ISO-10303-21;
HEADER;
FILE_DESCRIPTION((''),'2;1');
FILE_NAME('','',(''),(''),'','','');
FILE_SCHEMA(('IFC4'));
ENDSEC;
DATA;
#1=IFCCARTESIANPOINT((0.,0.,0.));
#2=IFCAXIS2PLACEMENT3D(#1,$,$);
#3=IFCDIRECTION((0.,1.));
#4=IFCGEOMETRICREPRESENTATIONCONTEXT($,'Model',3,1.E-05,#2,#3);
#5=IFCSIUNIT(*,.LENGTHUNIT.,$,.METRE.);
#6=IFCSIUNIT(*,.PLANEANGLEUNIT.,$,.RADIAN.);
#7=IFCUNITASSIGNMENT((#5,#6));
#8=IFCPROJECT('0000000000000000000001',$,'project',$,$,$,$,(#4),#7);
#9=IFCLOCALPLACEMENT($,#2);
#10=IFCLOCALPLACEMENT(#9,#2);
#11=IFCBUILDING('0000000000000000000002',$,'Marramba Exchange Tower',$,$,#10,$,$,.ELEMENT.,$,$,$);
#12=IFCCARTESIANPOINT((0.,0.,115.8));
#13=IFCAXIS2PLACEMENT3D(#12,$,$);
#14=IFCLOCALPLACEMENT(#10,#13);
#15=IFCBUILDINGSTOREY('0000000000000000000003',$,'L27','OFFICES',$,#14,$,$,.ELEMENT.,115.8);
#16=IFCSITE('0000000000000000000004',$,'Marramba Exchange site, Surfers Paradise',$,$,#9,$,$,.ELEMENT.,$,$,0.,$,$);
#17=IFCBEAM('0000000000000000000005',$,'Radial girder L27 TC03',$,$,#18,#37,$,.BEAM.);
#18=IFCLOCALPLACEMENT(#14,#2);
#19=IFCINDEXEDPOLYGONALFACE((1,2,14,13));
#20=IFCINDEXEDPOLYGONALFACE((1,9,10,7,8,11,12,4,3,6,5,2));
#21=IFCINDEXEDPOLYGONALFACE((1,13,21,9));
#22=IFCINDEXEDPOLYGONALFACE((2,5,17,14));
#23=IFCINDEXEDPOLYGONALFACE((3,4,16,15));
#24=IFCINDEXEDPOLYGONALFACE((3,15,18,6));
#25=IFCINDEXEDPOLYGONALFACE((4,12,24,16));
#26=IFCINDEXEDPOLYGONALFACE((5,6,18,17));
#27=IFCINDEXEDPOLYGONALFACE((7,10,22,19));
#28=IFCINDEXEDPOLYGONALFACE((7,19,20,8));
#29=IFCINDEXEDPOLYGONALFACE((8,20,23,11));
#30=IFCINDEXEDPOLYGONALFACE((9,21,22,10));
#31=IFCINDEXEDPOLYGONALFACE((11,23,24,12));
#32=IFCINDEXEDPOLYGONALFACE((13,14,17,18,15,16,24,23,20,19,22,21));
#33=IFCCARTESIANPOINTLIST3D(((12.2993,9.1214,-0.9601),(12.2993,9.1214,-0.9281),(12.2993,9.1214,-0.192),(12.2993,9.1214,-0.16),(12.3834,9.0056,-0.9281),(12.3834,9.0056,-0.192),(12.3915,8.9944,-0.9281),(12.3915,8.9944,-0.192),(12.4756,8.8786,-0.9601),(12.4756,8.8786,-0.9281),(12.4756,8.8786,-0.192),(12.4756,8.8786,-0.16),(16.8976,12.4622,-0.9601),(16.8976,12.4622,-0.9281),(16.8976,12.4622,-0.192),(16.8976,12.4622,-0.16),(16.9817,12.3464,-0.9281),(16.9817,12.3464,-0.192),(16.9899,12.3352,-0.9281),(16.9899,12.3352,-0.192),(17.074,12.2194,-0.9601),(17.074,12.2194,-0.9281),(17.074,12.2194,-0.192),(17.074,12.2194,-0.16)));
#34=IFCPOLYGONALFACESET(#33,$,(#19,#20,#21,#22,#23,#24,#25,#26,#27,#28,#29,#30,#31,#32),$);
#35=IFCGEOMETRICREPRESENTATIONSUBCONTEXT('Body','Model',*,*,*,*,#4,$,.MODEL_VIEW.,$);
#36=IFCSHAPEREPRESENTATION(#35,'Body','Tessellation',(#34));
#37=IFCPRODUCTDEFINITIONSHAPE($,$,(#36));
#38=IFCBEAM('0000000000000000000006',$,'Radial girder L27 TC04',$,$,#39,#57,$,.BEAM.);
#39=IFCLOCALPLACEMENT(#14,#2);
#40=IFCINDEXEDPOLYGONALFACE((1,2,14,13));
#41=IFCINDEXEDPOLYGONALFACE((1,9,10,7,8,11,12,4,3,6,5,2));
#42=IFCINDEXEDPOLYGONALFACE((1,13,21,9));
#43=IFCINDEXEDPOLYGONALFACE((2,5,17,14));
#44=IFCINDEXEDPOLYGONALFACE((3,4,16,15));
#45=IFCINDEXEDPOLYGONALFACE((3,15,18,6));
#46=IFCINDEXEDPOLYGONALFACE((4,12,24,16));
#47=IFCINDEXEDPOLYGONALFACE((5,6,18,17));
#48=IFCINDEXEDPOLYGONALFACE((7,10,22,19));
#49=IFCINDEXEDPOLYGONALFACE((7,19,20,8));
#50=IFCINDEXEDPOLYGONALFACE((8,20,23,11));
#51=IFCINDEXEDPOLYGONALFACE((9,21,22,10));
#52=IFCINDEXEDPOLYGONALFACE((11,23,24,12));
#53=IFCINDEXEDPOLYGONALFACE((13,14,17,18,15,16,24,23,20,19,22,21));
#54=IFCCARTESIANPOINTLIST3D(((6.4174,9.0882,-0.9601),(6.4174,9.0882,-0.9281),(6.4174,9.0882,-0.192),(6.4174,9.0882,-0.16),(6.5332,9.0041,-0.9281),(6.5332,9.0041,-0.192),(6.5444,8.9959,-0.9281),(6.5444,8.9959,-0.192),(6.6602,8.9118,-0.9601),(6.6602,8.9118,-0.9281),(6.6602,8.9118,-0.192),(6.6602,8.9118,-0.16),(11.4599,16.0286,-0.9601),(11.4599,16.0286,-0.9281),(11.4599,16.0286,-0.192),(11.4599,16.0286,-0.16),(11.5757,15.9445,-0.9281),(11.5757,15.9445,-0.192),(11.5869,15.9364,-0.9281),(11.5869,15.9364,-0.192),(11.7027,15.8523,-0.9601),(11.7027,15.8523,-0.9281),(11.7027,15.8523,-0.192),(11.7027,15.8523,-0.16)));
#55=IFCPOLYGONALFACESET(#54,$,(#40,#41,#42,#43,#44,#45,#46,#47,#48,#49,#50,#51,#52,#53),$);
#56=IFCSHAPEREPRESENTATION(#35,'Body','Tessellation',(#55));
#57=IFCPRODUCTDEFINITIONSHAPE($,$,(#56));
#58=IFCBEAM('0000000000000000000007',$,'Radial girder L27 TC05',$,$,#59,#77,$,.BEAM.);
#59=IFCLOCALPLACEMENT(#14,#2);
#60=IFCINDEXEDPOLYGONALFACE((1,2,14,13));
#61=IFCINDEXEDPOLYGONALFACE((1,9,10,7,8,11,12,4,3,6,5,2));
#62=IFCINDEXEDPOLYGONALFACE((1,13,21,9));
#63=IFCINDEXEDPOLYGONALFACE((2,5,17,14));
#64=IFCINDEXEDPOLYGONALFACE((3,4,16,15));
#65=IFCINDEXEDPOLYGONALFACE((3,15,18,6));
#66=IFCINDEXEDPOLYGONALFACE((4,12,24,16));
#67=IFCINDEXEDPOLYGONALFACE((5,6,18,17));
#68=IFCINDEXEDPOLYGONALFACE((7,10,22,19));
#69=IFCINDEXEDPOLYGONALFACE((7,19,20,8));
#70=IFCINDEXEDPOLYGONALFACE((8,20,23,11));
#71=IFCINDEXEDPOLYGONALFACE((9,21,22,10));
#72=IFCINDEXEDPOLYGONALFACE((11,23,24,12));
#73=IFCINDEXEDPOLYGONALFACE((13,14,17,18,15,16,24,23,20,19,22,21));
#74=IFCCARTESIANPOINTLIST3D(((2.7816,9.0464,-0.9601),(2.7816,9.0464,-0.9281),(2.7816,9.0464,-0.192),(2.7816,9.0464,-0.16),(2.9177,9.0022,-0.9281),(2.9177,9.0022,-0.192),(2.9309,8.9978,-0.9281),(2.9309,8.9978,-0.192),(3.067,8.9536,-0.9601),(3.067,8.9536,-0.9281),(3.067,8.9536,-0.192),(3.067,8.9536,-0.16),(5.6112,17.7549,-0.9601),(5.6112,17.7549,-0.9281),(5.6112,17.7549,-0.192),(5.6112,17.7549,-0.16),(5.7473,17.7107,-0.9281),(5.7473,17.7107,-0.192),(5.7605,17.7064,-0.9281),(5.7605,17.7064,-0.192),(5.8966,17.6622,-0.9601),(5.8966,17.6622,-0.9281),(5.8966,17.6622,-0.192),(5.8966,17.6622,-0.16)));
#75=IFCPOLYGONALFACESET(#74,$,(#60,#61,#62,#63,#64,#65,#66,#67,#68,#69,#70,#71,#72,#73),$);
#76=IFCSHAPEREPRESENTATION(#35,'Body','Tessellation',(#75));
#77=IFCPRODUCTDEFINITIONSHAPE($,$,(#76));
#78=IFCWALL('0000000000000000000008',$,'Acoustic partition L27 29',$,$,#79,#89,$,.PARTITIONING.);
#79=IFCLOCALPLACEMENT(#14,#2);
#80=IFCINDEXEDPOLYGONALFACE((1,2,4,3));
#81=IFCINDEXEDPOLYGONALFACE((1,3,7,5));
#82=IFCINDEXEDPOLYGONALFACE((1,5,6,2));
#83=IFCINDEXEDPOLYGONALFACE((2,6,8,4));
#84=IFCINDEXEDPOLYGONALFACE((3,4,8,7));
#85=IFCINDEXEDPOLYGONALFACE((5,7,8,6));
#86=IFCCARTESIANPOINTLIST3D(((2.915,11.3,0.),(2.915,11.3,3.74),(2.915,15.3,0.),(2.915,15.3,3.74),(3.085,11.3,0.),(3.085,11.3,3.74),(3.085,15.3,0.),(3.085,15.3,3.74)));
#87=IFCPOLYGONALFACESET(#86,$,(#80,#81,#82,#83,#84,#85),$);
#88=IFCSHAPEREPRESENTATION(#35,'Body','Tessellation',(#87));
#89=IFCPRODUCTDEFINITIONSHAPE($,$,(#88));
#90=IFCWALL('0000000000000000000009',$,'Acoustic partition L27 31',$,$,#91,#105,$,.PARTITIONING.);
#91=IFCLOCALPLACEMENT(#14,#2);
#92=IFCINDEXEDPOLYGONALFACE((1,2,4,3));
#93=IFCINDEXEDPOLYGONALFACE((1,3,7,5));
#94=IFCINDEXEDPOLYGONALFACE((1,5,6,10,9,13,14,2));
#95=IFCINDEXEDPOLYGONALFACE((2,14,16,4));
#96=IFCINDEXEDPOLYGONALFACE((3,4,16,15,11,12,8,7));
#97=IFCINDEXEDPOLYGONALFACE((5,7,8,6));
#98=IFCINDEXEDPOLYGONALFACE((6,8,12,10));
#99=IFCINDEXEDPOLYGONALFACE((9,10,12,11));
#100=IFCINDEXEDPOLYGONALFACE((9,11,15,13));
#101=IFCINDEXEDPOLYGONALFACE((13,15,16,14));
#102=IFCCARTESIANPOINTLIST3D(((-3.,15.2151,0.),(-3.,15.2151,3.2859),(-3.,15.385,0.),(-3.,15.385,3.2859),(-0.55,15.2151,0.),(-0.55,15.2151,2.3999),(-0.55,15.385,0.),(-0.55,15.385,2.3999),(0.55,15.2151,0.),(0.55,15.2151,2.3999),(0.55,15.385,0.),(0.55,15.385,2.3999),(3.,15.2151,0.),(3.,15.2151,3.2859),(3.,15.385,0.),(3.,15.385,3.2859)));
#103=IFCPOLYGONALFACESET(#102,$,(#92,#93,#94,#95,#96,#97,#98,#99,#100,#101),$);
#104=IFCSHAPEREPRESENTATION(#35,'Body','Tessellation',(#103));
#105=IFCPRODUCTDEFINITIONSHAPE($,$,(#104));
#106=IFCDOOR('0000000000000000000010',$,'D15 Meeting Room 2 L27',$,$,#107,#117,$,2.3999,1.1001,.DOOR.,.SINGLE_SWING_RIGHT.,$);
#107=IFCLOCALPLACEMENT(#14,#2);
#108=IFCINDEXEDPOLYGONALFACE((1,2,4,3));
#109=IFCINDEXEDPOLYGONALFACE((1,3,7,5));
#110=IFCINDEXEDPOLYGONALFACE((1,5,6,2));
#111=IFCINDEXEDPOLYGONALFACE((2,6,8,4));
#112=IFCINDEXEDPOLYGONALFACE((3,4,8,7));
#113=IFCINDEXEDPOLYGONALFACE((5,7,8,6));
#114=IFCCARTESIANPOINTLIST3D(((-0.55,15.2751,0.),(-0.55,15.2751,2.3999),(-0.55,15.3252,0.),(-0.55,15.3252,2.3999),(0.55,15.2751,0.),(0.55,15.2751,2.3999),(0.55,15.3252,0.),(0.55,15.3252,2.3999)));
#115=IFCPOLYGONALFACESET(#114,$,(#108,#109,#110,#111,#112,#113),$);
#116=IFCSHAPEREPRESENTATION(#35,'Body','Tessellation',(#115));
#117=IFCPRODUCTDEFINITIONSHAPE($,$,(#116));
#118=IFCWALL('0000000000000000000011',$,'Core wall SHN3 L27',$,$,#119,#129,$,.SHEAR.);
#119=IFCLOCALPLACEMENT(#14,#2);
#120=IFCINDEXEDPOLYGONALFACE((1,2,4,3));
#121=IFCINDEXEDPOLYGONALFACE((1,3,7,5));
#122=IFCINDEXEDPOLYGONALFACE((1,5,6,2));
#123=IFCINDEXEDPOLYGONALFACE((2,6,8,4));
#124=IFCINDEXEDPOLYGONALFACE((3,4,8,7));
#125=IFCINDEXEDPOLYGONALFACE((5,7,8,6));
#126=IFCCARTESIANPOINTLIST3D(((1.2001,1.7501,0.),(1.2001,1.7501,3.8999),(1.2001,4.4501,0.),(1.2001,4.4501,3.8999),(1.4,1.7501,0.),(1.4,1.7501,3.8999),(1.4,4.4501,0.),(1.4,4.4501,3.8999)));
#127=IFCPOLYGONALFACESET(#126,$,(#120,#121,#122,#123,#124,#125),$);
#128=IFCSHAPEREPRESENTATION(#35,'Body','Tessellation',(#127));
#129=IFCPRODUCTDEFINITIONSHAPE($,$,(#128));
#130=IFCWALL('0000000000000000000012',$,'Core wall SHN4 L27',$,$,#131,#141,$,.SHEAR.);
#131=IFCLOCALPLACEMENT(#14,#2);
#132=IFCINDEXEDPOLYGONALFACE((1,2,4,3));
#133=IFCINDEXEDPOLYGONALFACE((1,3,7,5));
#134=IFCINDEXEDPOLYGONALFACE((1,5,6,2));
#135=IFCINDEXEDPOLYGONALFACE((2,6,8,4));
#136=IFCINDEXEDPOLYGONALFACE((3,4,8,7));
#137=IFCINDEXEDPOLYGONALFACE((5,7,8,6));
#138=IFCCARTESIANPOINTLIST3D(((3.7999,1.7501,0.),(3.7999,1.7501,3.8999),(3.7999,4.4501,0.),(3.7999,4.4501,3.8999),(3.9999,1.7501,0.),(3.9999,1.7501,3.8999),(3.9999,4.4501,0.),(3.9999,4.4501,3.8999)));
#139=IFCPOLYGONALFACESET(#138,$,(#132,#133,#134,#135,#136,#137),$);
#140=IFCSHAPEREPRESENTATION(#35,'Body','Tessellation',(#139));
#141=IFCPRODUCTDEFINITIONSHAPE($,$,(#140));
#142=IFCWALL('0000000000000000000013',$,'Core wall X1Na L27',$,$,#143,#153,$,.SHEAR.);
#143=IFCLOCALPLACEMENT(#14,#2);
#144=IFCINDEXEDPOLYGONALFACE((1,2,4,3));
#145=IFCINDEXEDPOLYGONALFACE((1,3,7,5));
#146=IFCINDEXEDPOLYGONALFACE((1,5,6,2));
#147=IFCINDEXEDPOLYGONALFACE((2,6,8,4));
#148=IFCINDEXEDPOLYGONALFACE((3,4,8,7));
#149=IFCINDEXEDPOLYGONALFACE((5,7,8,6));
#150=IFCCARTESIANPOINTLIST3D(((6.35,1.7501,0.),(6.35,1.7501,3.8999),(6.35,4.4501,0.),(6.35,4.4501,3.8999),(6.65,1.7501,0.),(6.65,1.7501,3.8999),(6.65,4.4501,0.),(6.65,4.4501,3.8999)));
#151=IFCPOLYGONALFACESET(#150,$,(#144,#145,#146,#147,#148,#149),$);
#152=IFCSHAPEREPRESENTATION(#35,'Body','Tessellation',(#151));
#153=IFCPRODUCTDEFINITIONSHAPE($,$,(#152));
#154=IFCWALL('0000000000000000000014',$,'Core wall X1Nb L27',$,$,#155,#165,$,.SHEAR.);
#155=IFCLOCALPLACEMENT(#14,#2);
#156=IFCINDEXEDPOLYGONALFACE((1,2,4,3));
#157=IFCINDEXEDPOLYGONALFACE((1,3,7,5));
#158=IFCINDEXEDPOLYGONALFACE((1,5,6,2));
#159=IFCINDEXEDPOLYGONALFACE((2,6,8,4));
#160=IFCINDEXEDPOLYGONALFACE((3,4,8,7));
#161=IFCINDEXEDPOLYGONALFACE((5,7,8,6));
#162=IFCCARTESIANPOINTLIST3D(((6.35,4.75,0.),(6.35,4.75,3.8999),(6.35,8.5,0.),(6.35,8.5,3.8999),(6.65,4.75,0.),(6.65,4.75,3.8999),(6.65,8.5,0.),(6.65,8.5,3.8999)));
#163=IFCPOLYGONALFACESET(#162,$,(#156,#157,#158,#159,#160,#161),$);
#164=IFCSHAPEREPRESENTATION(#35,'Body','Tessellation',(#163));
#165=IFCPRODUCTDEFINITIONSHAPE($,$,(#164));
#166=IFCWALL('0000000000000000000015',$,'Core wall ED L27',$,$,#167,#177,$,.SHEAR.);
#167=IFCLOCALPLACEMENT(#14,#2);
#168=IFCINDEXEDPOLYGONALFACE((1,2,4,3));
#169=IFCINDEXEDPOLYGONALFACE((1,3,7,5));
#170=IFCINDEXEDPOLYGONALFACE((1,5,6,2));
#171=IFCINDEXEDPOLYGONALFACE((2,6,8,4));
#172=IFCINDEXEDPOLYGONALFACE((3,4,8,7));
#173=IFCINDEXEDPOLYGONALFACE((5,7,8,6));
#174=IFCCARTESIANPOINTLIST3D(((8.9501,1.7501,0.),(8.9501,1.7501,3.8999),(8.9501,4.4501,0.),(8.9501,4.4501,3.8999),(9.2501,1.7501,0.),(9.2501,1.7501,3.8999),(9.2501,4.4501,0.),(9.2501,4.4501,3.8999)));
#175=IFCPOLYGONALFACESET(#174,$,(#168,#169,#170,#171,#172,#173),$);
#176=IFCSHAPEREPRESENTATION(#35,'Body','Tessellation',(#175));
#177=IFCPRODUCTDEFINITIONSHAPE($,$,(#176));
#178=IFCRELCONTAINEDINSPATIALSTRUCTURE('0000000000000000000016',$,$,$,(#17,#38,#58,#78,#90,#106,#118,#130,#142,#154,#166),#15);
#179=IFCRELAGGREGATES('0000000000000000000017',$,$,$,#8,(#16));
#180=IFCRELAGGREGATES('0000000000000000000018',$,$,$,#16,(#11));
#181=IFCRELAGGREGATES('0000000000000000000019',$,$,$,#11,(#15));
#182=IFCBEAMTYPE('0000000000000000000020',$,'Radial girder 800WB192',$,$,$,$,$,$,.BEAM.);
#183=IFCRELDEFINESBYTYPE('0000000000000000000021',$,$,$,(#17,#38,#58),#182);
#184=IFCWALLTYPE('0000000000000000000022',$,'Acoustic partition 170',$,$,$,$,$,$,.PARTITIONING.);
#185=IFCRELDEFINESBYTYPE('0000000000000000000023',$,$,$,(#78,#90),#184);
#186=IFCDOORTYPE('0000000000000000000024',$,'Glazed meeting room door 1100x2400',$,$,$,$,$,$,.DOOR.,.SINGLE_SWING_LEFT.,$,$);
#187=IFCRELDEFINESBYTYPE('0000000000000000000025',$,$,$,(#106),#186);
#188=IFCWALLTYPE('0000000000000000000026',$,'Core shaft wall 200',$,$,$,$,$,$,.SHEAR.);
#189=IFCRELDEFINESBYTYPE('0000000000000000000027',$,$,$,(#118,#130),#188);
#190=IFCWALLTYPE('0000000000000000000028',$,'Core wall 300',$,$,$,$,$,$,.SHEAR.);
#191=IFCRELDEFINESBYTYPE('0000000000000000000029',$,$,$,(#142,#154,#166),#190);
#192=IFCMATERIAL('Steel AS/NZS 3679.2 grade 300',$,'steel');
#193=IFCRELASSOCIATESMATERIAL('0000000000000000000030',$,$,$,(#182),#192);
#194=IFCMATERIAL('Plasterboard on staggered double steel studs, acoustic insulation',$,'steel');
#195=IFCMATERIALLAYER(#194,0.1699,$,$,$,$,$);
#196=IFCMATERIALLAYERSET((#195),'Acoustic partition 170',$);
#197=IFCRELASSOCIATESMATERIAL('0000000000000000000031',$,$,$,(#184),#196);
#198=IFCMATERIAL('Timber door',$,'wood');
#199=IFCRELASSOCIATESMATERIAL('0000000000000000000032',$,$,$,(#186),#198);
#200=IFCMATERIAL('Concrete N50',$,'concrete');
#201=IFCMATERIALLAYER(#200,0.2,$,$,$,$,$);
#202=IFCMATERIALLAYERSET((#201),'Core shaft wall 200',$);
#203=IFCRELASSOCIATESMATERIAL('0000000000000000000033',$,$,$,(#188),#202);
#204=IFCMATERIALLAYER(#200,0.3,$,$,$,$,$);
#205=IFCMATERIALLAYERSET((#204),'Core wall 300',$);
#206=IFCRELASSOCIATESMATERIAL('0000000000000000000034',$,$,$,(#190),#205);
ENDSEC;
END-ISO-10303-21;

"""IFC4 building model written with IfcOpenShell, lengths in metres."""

from ifc_helpers import new_model, si_unit, direction, frame, frame_2d, origin, origin_2d, place, context, subcontext, project, spatial, rectangle, i_section, extrude, material, layer, layer_set, material_profile, profile_set, type_object, element, fill, save


model = new_model("IFC4")

# Units and contexts
model_context = context("Model", 3, precision=1e-05, world=origin(), true_north=direction((0.0, 1.0)))
body_context = subcontext(model_context, "Body", "Model", "MODEL_VIEW")
ifc_project = project(units=[si_unit("LENGTHUNIT", "METRE"), si_unit("PLANEANGLEUNIT", "RADIAN")], contexts=[model_context])

# Site, building, storey
site_placement = place(None, origin())
site = spatial("IfcSite", under=ifc_project, at=site_placement, Name="Marramba Exchange site, Surfers Paradise", CompositionType="ELEMENT", RefElevation=0.0)
building_placement = place(site_placement, origin())
building = spatial("IfcBuilding", under=site, at=building_placement, Name="Marramba Exchange Tower", CompositionType="ELEMENT")
storey_placement = place(building_placement, frame((0.0, 0.0, 115.8)))
storey = spatial("IfcBuildingStorey", under=building, at=storey_placement, Name="L27", Description="OFFICES", CompositionType="ELEMENT", Elevation=115.8)

# Beams
ifc_material_1 = material(Name="Steel AS/NZS 3679.2 grade 300", Category="steel")
ifc_material_profile_1 = material_profile(ifc_material_1, i_section(OverallWidth=0.3, OverallDepth=0.8, WebThickness=0.0139, FlangeThickness=0.032, at=origin_2d()), Name="800WB192")
ifc_profile_set_1 = profile_set([ifc_material_profile_1], Name="Steel AS/NZS 3679.2 grade 300")
beam_type_1 = type_object("IfcBeamType", Name="Radial girder 800WB192", PredefinedType="BEAM", material=ifc_profile_set_1)
beam_1_placement = place(storey_placement, frame((12.3875, 9.0, -0.5601), z_axis=(0.809026, 0.587773, 0.0), x_axis=(-0.587773, 0.809026, 0.0)))
element("IfcBeam", 1, at=beam_1_placement, inside=storey, type_object=beam_type_1, Name="Radial girder L27 TC03", PredefinedType="BEAM", context=body_context, shape_type="SweptSolid", body=[
    extrude(i_section(OverallWidth=0.3, OverallDepth=0.8, WebThickness=0.0139, FlangeThickness=0.032, at=origin_2d()), origin(), (0.0, 0.0, 1.0), 5.6838),
])
beam_2_placement = place(storey_placement, frame((6.5388, 9.0, -0.5601), z_axis=(0.587782, 0.809019, 0.0), x_axis=(-0.809019, 0.587782, 0.0)))
element("IfcBeam", 2, at=beam_2_placement, inside=storey, type_object=beam_type_1, Name="Radial girder L27 TC04", PredefinedType="BEAM", context=body_context, shape_type="SweptSolid", body=[
    extrude(i_section(OverallWidth=0.3, OverallDepth=0.8, WebThickness=0.0139, FlangeThickness=0.032, at=origin_2d()), origin(), (0.0, 0.0, 1.0), 8.5789),
])
beam_3_placement = place(storey_placement, frame((2.9243, 9.0, -0.5601), z_axis=(0.30902, 0.951056, 0.0), x_axis=(-0.951056, 0.30902, 0.0)))
element("IfcBeam", 3, at=beam_3_placement, inside=storey, type_object=beam_type_1, Name="Radial girder L27 TC05", PredefinedType="BEAM", context=body_context, shape_type="SweptSolid", body=[
    extrude(i_section(OverallWidth=0.3, OverallDepth=0.8, WebThickness=0.0139, FlangeThickness=0.032, at=origin_2d()), origin(), (0.0, 0.0, 1.0), 9.1567),
])

# Wall
ifc_material_2 = material(Name="Plasterboard on staggered double steel studs, acoustic insulation", Category="steel")
ifc_layer_1 = layer(ifc_material_2, 0.1699)
ifc_layer_set_1 = layer_set([ifc_layer_1], Name="Acoustic partition 170")
wall_type_1 = type_object("IfcWallType", Name="Acoustic partition 170", PredefinedType="PARTITIONING", material=ifc_layer_set_1)
wall_1_placement = place(storey_placement, frame((3.0, 15.3, 0.0), z_axis=(0.0, 0.0, 1.0), x_axis=(0.0, -1.0, 0.0)))
element("IfcWall", 4, at=wall_1_placement, inside=storey, type_object=wall_type_1, Name="Acoustic partition L27 29", PredefinedType="PARTITIONING", context=body_context, shape_type="SweptSolid", body=[
    extrude(rectangle(XDim=4.0, YDim=0.1699, at=frame_2d((2.0, 0.0))), origin(), (0.0, 0.0, 1.0), 3.74),
])

# Wall, opening, door
wall_2_placement = place(storey_placement, frame((3.0, 15.3, 0.0), z_axis=(0.0, 0.0, 1.0), x_axis=(-1.0, 0.0, 0.0)))
wall_2 = element("IfcWall", 5, at=wall_2_placement, inside=storey, type_object=wall_type_1, Name="Acoustic partition L27 31", PredefinedType="PARTITIONING", context=body_context, shape_type="SweptSolid", body=[
    extrude(rectangle(XDim=6.0, YDim=0.1699, at=frame_2d((3.0, 0.0))), origin(), (0.0, 0.0, 1.0), 3.2859),
])
opening_1_placement = place(wall_2_placement, frame((2.45, 0.0, 0.0)))
opening_1 = element("IfcOpeningElement", 6, at=opening_1_placement, cuts=wall_2, PredefinedType="OPENING", context=body_context, shape_type="SweptSolid", body=[
    extrude(rectangle(XDim=1.1001, YDim=2.3999, at=frame_2d((0.55, 1.2))), frame((0.0, 0.095, 0.0), z_axis=(0.0, -1.0, 0.0), x_axis=(1.0, 0.0, 0.0)), (0.0, 0.0, 1.0), 0.1899),
])
ifc_material_3 = material(Name="Timber door", Category="wood")
door_type_1 = type_object("IfcDoorType", Name="Glazed meeting room door 1100x2400", OperationType="SINGLE_SWING_LEFT", PredefinedType="DOOR", material=ifc_material_3)
door_1_placement = place(opening_1_placement, origin())
door_1 = element("IfcDoor", 7, at=door_1_placement, inside=storey, type_object=door_type_1, Name="D15 Meeting Room 2 L27", OperationType="SINGLE_SWING_RIGHT", OverallHeight=2.3999, OverallWidth=1.1001, PredefinedType="DOOR", context=body_context, shape_type="SweptSolid", body=[
    extrude(rectangle(XDim=1.1001, YDim=2.3999, at=frame_2d((0.55, 1.2))), frame((0.0, 0.0249, 0.0), z_axis=(0.0, -1.0, 0.0), x_axis=(1.0, 0.0, 0.0)), (0.0, 0.0, 1.0), 0.05),
])
fill(opening_1, door_1)

# Walls
ifc_material_4 = material(Name="Concrete N50", Category="concrete")
ifc_layer_2 = layer(ifc_material_4, 0.2)
ifc_layer_set_2 = layer_set([ifc_layer_2], Name="Core shaft wall 200")
wall_type_2 = type_object("IfcWallType", Name="Core shaft wall 200", PredefinedType="SHEAR", material=ifc_layer_set_2)
for number, where, z_axis, x_axis, name in (
    (8, (1.3, 1.75, 0.0), (0.0, 0.0, 1.0), (0.0, 1.0, 0.0), "Core wall SHN3 L27"),
    (9, (3.8999, 1.75, 0.0), (0.0, 0.0, 1.0), (0.0, 1.0, 0.0), "Core wall SHN4 L27"),
):
    element("IfcWall", number, at=place(storey_placement, frame(where, z_axis=z_axis, x_axis=x_axis)), inside=storey, type_object=wall_type_2, Name=name, PredefinedType="SHEAR", context=body_context, shape_type="SweptSolid", body=[
        extrude(rectangle(XDim=2.7, YDim=0.2, at=frame_2d((1.3501, 0.0))), origin(), (0.0, 0.0, 1.0), 3.8999),
    ])

# Walls
ifc_layer_3 = layer(ifc_material_4, 0.3)
ifc_layer_set_3 = layer_set([ifc_layer_3], Name="Core wall 300")
wall_type_3 = type_object("IfcWallType", Name="Core wall 300", PredefinedType="SHEAR", material=ifc_layer_set_3)
wall_3_placement = place(storey_placement, frame((6.5, 1.75, 0.0), z_axis=(0.0, 0.0, 1.0), x_axis=(0.0, 1.0, 0.0)))
element("IfcWall", 10, at=wall_3_placement, inside=storey, type_object=wall_type_3, Name="Core wall X1Na L27", PredefinedType="SHEAR", context=body_context, shape_type="SweptSolid", body=[
    extrude(rectangle(XDim=2.7, YDim=0.3, at=frame_2d((1.3501, 0.0))), origin(), (0.0, 0.0, 1.0), 3.8999),
])
wall_4_placement = place(storey_placement, frame((6.5, 4.75, 0.0), z_axis=(0.0, 0.0, 1.0), x_axis=(0.0, 1.0, 0.0)))
element("IfcWall", 11, at=wall_4_placement, inside=storey, type_object=wall_type_3, Name="Core wall X1Nb L27", PredefinedType="SHEAR", context=body_context, shape_type="SweptSolid", body=[
    extrude(rectangle(XDim=3.75, YDim=0.3, at=frame_2d((1.875, 0.0))), origin(), (0.0, 0.0, 1.0), 3.8999),
])
wall_5_placement = place(storey_placement, frame((9.1001, 1.75, 0.0), z_axis=(0.0, 0.0, 1.0), x_axis=(0.0, 1.0, 0.0)))
element("IfcWall", 12, at=wall_5_placement, inside=storey, type_object=wall_type_3, Name="Core wall ED L27", PredefinedType="SHEAR", context=body_context, shape_type="SweptSolid", body=[
    extrude(rectangle(XDim=2.7, YDim=0.3, at=frame_2d((1.3501, 0.0))), origin(), (0.0, 0.0, 1.0), 3.8999),
])

save(model, "model.ifc")
